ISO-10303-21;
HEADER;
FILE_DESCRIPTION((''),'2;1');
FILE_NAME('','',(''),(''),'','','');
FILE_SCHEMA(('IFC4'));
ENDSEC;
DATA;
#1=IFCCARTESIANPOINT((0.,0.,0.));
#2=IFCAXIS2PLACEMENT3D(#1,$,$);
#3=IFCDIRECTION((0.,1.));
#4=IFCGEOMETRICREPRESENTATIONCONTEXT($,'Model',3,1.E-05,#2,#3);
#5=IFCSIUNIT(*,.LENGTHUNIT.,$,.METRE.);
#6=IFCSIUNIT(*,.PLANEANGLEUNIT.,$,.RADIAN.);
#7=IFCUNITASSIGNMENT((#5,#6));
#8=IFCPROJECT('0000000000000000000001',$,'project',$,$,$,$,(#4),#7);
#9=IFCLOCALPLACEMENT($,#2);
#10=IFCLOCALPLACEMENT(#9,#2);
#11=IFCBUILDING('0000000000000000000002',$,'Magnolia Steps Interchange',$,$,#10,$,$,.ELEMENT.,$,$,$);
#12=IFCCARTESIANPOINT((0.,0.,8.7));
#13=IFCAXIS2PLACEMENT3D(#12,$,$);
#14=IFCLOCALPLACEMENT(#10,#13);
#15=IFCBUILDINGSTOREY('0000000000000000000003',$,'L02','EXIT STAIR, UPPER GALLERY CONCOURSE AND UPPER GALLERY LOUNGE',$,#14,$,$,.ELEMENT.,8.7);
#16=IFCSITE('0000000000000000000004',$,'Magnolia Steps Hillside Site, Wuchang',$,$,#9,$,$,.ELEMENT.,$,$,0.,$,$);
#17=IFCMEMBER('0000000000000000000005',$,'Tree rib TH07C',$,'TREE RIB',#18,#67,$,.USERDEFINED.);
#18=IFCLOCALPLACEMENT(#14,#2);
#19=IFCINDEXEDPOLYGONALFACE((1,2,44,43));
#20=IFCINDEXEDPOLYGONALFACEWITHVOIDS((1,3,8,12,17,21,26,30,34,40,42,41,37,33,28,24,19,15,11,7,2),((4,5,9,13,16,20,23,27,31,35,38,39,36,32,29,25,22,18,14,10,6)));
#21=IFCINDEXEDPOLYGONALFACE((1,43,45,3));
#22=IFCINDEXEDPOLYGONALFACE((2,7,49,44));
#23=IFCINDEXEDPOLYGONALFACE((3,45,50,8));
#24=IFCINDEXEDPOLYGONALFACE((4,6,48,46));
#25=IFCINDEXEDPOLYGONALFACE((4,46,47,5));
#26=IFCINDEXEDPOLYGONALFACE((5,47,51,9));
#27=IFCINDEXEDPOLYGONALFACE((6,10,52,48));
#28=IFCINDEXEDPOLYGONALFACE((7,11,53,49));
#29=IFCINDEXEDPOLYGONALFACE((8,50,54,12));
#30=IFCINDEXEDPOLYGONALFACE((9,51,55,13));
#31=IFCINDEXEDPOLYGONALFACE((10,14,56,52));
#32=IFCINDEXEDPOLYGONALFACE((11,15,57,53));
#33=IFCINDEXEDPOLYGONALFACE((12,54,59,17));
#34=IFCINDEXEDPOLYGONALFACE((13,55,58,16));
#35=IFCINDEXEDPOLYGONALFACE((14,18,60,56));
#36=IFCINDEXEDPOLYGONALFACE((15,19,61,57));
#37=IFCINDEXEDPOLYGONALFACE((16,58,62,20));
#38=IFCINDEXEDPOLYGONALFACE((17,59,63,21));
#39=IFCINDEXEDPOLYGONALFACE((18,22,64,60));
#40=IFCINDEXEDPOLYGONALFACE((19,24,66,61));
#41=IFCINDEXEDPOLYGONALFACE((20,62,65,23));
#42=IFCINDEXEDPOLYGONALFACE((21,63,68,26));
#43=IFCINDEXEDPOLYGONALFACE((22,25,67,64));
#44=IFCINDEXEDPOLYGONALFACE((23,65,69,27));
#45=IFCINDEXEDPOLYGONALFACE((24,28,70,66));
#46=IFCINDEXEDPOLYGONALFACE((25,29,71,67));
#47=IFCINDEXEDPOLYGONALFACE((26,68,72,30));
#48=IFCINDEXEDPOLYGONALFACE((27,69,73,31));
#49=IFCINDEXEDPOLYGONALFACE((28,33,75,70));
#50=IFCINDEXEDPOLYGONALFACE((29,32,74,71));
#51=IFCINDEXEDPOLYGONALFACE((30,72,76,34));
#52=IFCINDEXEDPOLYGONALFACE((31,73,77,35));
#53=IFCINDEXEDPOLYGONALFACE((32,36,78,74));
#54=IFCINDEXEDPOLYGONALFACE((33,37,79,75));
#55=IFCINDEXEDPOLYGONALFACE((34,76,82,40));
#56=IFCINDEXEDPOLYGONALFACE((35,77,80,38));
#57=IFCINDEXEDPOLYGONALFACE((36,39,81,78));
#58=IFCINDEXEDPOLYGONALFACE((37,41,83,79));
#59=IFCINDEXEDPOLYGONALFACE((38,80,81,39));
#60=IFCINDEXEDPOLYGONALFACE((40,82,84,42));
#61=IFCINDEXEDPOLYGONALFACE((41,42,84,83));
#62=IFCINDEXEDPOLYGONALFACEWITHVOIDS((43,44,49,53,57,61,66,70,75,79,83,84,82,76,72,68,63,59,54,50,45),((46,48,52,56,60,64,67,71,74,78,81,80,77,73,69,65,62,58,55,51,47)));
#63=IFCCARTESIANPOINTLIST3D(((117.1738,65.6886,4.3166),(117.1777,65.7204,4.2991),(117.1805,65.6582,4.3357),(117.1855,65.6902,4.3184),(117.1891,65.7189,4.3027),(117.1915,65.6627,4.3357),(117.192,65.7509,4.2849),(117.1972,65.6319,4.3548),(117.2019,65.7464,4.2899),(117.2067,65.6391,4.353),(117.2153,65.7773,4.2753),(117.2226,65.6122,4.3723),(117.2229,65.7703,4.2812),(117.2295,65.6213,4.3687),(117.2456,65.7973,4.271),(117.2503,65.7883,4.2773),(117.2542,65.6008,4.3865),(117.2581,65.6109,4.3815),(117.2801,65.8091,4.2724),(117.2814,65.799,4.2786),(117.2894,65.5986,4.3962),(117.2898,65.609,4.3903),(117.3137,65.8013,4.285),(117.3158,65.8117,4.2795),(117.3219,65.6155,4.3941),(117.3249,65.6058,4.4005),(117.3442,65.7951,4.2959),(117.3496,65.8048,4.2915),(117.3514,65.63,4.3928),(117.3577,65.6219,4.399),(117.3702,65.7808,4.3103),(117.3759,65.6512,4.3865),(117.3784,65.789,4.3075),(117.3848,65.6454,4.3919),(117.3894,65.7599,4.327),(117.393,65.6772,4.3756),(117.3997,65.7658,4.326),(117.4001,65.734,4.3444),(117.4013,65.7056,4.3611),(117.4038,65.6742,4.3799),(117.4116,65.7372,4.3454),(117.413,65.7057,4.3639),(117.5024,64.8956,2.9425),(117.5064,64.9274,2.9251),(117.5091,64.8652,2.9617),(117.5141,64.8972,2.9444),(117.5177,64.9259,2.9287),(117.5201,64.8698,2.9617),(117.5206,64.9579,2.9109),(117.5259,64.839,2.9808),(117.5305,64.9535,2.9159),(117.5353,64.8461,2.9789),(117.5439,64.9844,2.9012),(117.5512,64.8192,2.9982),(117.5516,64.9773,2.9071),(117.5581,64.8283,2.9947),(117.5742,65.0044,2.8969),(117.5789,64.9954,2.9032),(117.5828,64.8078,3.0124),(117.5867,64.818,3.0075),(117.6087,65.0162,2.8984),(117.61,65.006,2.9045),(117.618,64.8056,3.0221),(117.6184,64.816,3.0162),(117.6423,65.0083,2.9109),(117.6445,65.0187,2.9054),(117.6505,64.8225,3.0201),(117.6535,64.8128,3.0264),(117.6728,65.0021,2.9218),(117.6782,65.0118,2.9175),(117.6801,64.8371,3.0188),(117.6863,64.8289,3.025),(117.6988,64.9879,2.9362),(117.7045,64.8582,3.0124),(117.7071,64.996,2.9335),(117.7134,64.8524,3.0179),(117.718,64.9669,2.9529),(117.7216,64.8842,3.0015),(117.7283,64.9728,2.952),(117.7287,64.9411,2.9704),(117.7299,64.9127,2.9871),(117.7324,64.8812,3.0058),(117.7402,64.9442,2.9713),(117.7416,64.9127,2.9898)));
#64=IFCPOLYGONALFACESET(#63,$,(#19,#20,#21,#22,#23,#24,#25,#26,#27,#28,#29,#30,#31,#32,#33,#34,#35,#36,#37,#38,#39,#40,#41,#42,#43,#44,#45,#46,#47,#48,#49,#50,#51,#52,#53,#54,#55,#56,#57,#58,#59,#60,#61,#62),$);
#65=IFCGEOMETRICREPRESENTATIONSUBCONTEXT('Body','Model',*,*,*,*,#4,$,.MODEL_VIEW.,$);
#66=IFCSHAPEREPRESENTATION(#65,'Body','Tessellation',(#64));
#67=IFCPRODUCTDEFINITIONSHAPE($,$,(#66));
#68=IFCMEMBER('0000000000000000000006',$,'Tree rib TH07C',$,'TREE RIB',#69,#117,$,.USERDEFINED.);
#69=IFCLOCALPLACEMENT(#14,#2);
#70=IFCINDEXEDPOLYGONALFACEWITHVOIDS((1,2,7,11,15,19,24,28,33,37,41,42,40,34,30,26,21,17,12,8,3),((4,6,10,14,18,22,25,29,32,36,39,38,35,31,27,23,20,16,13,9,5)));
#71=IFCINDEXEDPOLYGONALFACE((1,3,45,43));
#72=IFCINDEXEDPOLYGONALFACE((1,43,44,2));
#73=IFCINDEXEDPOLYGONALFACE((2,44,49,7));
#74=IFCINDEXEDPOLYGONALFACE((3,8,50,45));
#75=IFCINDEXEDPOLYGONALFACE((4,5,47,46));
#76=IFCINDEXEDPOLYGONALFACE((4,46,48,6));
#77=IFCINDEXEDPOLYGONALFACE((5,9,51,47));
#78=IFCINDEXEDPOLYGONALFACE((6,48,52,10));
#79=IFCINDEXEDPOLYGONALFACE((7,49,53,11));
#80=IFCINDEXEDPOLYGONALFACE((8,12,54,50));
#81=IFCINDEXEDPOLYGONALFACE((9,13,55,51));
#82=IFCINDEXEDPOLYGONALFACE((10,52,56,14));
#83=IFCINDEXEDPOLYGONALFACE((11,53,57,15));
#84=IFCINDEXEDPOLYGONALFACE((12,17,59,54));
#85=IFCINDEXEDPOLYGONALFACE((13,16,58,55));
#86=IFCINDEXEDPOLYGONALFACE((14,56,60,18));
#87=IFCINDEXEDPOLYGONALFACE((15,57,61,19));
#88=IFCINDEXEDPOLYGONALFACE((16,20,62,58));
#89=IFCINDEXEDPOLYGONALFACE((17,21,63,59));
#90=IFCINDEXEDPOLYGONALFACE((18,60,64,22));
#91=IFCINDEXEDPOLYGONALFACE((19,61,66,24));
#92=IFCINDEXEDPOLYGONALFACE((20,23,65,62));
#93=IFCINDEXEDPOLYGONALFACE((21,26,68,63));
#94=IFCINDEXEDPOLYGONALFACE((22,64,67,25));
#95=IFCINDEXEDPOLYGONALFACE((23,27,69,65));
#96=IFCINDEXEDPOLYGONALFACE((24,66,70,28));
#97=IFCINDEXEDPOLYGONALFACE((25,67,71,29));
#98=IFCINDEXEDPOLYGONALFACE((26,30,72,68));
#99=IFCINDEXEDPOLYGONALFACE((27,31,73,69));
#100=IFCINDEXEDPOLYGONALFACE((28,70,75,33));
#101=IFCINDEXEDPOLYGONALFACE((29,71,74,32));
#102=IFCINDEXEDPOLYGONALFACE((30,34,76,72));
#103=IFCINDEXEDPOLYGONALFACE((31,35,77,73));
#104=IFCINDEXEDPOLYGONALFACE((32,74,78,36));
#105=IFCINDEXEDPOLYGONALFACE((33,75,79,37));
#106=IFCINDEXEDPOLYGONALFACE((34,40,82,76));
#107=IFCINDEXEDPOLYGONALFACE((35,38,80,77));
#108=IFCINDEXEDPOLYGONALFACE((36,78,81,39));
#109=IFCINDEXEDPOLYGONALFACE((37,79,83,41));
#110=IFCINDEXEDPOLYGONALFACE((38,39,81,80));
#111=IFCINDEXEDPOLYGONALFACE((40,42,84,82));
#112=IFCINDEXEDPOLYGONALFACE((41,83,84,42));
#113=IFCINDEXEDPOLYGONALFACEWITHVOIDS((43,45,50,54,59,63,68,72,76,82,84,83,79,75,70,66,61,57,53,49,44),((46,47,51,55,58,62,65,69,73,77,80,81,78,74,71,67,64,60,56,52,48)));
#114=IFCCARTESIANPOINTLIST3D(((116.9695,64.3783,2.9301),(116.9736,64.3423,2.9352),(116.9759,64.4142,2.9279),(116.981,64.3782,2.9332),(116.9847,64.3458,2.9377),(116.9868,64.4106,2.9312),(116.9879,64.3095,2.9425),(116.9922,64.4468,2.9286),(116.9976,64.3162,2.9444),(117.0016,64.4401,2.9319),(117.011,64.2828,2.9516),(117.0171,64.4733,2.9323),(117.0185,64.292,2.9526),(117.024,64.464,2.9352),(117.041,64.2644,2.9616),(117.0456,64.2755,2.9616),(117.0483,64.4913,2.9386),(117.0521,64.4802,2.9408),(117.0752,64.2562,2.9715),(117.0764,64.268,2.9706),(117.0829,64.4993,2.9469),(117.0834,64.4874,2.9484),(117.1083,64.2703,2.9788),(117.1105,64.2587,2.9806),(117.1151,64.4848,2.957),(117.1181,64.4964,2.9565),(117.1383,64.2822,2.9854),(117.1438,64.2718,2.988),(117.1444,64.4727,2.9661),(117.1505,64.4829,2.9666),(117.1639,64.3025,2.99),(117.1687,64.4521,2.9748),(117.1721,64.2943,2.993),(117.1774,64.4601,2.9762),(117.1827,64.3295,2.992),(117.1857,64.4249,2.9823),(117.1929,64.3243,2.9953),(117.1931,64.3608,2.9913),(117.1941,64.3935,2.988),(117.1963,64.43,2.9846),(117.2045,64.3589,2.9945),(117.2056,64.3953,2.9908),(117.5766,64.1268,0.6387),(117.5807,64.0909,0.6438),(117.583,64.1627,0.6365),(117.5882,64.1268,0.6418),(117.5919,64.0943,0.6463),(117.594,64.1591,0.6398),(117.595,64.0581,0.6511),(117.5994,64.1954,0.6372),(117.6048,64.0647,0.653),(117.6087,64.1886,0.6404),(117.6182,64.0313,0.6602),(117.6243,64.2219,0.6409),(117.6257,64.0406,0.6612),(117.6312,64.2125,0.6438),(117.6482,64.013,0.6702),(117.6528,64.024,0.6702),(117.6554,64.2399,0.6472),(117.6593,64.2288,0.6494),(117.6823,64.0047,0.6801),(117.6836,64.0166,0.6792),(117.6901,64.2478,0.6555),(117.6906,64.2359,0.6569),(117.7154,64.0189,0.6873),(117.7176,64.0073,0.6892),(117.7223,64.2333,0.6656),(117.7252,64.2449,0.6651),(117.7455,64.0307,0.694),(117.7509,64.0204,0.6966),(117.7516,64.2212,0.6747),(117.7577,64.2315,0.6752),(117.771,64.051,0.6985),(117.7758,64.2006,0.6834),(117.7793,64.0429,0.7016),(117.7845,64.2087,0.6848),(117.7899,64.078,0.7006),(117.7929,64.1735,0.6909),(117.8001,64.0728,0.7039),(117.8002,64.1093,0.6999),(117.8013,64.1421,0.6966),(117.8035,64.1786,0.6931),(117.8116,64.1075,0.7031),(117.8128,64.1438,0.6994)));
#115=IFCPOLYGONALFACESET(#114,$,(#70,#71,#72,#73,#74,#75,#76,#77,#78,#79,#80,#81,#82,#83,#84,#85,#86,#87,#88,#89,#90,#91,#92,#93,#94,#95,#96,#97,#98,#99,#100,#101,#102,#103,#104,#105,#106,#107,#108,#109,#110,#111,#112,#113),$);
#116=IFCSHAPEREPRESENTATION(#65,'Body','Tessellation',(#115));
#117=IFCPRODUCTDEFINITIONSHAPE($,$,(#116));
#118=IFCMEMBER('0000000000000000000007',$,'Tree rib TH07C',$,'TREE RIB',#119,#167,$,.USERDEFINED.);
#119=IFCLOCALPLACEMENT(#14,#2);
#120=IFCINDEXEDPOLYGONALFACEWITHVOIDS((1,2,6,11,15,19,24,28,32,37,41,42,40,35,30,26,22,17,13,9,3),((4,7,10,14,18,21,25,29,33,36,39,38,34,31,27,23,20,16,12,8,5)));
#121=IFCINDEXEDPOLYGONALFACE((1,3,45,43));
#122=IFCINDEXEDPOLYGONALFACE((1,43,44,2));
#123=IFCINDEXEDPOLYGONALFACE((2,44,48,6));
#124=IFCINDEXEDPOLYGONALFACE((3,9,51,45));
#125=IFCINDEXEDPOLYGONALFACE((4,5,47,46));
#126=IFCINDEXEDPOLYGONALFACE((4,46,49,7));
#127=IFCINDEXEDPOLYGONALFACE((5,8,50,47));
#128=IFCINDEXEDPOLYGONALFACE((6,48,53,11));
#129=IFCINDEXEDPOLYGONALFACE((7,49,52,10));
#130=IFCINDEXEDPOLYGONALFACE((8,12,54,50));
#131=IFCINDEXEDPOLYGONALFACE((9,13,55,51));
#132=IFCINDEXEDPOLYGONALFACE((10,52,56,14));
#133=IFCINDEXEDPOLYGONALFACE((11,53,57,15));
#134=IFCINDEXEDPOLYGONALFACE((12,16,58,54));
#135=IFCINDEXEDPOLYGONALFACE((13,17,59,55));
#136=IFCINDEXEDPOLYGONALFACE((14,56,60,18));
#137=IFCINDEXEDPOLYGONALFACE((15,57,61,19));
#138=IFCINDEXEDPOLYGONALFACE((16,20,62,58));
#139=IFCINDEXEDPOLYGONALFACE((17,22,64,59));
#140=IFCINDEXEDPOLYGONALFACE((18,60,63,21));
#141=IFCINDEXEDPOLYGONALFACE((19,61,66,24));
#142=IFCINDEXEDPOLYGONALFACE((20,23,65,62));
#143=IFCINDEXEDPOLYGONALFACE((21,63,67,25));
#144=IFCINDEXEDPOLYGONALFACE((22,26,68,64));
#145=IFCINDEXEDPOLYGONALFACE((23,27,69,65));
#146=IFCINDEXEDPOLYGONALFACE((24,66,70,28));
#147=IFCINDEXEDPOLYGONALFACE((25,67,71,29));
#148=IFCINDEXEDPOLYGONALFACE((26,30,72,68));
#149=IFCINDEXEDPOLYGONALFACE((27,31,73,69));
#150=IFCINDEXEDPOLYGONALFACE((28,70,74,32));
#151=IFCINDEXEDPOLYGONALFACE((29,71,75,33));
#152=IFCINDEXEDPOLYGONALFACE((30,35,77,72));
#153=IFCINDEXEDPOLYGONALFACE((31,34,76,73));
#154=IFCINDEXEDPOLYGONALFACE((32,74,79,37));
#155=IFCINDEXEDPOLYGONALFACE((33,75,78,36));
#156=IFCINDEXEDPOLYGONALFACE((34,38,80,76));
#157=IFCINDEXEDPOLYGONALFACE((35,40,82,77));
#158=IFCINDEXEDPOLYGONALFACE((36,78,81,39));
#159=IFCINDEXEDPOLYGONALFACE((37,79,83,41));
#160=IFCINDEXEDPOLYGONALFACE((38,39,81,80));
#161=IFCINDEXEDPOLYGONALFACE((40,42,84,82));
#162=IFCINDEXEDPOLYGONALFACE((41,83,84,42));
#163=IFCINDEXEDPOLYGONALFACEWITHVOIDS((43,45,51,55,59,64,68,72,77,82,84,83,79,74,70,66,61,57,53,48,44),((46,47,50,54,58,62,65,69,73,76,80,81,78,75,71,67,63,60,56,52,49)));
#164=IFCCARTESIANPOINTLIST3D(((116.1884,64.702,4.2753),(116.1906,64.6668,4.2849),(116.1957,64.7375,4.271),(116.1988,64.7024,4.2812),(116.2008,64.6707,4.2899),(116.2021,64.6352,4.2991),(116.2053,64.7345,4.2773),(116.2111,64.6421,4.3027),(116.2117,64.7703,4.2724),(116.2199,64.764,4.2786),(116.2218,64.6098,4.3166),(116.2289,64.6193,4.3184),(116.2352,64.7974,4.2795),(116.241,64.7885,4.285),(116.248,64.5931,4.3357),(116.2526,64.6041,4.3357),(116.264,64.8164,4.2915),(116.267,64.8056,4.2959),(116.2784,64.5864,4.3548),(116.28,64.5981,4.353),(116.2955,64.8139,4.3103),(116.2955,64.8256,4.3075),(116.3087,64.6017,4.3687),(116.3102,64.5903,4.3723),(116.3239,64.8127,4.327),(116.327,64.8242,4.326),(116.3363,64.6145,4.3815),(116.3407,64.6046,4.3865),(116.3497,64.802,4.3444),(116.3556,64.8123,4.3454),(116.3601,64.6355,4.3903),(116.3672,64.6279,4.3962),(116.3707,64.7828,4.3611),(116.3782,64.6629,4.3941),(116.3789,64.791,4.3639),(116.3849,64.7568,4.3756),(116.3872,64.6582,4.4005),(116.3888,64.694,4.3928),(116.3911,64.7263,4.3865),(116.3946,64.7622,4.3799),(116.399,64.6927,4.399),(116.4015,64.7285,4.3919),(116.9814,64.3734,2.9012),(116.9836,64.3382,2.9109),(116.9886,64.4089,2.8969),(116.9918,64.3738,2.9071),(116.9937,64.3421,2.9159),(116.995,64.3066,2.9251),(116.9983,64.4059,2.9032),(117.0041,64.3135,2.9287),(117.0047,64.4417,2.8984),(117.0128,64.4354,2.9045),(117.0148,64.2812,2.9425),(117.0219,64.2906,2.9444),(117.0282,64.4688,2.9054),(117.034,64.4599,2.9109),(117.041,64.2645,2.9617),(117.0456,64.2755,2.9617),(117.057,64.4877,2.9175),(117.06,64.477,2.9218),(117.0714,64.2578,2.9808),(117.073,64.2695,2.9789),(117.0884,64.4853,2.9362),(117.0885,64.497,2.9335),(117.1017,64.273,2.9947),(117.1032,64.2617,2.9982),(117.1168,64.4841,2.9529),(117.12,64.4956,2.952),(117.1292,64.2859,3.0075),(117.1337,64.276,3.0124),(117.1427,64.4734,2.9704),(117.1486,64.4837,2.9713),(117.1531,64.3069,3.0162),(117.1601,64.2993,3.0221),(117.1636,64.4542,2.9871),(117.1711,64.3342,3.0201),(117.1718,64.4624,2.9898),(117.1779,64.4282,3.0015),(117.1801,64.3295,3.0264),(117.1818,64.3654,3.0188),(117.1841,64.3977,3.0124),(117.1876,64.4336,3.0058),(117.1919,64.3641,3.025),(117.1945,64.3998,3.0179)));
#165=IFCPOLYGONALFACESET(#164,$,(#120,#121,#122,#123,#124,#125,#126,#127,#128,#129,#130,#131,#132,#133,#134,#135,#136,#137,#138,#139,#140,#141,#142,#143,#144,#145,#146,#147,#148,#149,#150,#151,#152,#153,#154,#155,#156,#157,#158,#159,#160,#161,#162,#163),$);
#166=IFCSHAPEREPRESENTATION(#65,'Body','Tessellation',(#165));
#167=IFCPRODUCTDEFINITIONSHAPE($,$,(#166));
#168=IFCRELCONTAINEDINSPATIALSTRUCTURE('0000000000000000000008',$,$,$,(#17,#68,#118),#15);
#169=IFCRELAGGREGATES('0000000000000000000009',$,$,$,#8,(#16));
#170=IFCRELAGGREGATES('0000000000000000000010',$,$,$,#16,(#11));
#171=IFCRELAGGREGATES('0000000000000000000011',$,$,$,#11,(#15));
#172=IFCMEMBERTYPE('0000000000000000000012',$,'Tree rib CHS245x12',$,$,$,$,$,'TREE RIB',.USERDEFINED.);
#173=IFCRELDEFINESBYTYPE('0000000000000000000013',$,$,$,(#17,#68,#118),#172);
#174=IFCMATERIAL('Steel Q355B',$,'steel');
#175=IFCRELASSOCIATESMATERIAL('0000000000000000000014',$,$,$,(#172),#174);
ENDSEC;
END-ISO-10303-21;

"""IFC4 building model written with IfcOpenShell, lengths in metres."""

from ifc_helpers import new_model, si_unit, direction, frame, origin, origin_2d, place, context, subcontext, project, spatial, hollow_circle, extrude, material, material_profile, profile_set, type_object, element, save


model = new_model("IFC4")

# Units and contexts
model_context = context("Model", 3, precision=1e-05, world=origin(), true_north=direction((0.0, 1.0)))
body_context = subcontext(model_context, "Body", "Model", "MODEL_VIEW")
ifc_project = project(units=[si_unit("LENGTHUNIT", "METRE"), si_unit("PLANEANGLEUNIT", "RADIAN")], contexts=[model_context])

# Site, building, storey
site_placement = place(None, origin())
site = spatial("IfcSite", under=ifc_project, at=site_placement, Name="Magnolia Steps Hillside Site, Wuchang", CompositionType="ELEMENT", RefElevation=0.0)
building_placement = place(site_placement, origin())
building = spatial("IfcBuilding", under=site, at=building_placement, Name="Magnolia Steps Interchange", CompositionType="ELEMENT")
storey_placement = place(building_placement, frame((0.0, 0.0, 8.7)))
storey = spatial("IfcBuildingStorey", under=building, at=storey_placement, Name="L02", Description="EXIT STAIR, UPPER GALLERY CONCOURSE AND UPPER GALLERY LOUNGE", CompositionType="ELEMENT", Elevation=8.7)

# Members
ifc_material_1 = material(Name="Steel Q355B", Category="steel")
ifc_material_profile_1 = material_profile(ifc_material_1, hollow_circle(Radius=0.1226, WallThickness=0.012, at=origin_2d()), Name="CHS245x12")
ifc_profile_set_1 = profile_set([ifc_material_profile_1], Name="Steel Q355B")
member_type_1 = type_object("IfcMemberType", Name="Tree rib CHS245x12", ElementType="TREE RIB", PredefinedType="USERDEFINED", material=ifc_profile_set_1)
member_1_placement = place(storey_placement, frame((117.6223, 64.9121, 2.9617), z_axis=(-0.202835, 0.489456, 0.84811), x_axis=(-0.923816, -0.382837, 0.0)))
element("IfcMember", 1, at=member_1_placement, inside=storey, type_object=member_type_1, Name="Tree rib TH07C", ObjectType="TREE RIB", PredefinedType="USERDEFINED", context=body_context, shape_type="SweptSolid", body=[
    extrude(hollow_circle(Radius=0.1226, WallThickness=0.012, at=origin_2d()), origin(), (0.0, 0.0, 1.0), 1.6201),
])
member_2_placement = place(storey_placement, frame((117.6951, 64.1262, 0.6702), z_axis=(-0.254701, 0.105485, 0.961249), x_axis=(-0.382636, -0.923899, 0.0)))
element("IfcMember", 2, at=member_2_placement, inside=storey, type_object=member_type_1, Name="Tree rib TH07C", ObjectType="TREE RIB", PredefinedType="USERDEFINED", context=body_context, shape_type="SweptSolid", body=[
    extrude(hollow_circle(Radius=0.1226, WallThickness=0.012, at=origin_2d()), origin(), (0.0, 0.0, 1.0), 2.3838),
])
member_3_placement = place(storey_placement, frame((117.0879, 64.3777, 2.9617), z_axis=(-0.489456, 0.202835, 0.84811), x_axis=(-0.382837, -0.923816, 0.0)))
element("IfcMember", 3, at=member_3_placement, inside=storey, type_object=member_type_1, Name="Tree rib TH07C", ObjectType="TREE RIB", PredefinedType="USERDEFINED", context=body_context, shape_type="SweptSolid", body=[
    extrude(hollow_circle(Radius=0.1226, WallThickness=0.012, at=origin_2d()), origin(), (0.0, 0.0, 1.0), 1.6201),
])

save(model, "model.ifc")
